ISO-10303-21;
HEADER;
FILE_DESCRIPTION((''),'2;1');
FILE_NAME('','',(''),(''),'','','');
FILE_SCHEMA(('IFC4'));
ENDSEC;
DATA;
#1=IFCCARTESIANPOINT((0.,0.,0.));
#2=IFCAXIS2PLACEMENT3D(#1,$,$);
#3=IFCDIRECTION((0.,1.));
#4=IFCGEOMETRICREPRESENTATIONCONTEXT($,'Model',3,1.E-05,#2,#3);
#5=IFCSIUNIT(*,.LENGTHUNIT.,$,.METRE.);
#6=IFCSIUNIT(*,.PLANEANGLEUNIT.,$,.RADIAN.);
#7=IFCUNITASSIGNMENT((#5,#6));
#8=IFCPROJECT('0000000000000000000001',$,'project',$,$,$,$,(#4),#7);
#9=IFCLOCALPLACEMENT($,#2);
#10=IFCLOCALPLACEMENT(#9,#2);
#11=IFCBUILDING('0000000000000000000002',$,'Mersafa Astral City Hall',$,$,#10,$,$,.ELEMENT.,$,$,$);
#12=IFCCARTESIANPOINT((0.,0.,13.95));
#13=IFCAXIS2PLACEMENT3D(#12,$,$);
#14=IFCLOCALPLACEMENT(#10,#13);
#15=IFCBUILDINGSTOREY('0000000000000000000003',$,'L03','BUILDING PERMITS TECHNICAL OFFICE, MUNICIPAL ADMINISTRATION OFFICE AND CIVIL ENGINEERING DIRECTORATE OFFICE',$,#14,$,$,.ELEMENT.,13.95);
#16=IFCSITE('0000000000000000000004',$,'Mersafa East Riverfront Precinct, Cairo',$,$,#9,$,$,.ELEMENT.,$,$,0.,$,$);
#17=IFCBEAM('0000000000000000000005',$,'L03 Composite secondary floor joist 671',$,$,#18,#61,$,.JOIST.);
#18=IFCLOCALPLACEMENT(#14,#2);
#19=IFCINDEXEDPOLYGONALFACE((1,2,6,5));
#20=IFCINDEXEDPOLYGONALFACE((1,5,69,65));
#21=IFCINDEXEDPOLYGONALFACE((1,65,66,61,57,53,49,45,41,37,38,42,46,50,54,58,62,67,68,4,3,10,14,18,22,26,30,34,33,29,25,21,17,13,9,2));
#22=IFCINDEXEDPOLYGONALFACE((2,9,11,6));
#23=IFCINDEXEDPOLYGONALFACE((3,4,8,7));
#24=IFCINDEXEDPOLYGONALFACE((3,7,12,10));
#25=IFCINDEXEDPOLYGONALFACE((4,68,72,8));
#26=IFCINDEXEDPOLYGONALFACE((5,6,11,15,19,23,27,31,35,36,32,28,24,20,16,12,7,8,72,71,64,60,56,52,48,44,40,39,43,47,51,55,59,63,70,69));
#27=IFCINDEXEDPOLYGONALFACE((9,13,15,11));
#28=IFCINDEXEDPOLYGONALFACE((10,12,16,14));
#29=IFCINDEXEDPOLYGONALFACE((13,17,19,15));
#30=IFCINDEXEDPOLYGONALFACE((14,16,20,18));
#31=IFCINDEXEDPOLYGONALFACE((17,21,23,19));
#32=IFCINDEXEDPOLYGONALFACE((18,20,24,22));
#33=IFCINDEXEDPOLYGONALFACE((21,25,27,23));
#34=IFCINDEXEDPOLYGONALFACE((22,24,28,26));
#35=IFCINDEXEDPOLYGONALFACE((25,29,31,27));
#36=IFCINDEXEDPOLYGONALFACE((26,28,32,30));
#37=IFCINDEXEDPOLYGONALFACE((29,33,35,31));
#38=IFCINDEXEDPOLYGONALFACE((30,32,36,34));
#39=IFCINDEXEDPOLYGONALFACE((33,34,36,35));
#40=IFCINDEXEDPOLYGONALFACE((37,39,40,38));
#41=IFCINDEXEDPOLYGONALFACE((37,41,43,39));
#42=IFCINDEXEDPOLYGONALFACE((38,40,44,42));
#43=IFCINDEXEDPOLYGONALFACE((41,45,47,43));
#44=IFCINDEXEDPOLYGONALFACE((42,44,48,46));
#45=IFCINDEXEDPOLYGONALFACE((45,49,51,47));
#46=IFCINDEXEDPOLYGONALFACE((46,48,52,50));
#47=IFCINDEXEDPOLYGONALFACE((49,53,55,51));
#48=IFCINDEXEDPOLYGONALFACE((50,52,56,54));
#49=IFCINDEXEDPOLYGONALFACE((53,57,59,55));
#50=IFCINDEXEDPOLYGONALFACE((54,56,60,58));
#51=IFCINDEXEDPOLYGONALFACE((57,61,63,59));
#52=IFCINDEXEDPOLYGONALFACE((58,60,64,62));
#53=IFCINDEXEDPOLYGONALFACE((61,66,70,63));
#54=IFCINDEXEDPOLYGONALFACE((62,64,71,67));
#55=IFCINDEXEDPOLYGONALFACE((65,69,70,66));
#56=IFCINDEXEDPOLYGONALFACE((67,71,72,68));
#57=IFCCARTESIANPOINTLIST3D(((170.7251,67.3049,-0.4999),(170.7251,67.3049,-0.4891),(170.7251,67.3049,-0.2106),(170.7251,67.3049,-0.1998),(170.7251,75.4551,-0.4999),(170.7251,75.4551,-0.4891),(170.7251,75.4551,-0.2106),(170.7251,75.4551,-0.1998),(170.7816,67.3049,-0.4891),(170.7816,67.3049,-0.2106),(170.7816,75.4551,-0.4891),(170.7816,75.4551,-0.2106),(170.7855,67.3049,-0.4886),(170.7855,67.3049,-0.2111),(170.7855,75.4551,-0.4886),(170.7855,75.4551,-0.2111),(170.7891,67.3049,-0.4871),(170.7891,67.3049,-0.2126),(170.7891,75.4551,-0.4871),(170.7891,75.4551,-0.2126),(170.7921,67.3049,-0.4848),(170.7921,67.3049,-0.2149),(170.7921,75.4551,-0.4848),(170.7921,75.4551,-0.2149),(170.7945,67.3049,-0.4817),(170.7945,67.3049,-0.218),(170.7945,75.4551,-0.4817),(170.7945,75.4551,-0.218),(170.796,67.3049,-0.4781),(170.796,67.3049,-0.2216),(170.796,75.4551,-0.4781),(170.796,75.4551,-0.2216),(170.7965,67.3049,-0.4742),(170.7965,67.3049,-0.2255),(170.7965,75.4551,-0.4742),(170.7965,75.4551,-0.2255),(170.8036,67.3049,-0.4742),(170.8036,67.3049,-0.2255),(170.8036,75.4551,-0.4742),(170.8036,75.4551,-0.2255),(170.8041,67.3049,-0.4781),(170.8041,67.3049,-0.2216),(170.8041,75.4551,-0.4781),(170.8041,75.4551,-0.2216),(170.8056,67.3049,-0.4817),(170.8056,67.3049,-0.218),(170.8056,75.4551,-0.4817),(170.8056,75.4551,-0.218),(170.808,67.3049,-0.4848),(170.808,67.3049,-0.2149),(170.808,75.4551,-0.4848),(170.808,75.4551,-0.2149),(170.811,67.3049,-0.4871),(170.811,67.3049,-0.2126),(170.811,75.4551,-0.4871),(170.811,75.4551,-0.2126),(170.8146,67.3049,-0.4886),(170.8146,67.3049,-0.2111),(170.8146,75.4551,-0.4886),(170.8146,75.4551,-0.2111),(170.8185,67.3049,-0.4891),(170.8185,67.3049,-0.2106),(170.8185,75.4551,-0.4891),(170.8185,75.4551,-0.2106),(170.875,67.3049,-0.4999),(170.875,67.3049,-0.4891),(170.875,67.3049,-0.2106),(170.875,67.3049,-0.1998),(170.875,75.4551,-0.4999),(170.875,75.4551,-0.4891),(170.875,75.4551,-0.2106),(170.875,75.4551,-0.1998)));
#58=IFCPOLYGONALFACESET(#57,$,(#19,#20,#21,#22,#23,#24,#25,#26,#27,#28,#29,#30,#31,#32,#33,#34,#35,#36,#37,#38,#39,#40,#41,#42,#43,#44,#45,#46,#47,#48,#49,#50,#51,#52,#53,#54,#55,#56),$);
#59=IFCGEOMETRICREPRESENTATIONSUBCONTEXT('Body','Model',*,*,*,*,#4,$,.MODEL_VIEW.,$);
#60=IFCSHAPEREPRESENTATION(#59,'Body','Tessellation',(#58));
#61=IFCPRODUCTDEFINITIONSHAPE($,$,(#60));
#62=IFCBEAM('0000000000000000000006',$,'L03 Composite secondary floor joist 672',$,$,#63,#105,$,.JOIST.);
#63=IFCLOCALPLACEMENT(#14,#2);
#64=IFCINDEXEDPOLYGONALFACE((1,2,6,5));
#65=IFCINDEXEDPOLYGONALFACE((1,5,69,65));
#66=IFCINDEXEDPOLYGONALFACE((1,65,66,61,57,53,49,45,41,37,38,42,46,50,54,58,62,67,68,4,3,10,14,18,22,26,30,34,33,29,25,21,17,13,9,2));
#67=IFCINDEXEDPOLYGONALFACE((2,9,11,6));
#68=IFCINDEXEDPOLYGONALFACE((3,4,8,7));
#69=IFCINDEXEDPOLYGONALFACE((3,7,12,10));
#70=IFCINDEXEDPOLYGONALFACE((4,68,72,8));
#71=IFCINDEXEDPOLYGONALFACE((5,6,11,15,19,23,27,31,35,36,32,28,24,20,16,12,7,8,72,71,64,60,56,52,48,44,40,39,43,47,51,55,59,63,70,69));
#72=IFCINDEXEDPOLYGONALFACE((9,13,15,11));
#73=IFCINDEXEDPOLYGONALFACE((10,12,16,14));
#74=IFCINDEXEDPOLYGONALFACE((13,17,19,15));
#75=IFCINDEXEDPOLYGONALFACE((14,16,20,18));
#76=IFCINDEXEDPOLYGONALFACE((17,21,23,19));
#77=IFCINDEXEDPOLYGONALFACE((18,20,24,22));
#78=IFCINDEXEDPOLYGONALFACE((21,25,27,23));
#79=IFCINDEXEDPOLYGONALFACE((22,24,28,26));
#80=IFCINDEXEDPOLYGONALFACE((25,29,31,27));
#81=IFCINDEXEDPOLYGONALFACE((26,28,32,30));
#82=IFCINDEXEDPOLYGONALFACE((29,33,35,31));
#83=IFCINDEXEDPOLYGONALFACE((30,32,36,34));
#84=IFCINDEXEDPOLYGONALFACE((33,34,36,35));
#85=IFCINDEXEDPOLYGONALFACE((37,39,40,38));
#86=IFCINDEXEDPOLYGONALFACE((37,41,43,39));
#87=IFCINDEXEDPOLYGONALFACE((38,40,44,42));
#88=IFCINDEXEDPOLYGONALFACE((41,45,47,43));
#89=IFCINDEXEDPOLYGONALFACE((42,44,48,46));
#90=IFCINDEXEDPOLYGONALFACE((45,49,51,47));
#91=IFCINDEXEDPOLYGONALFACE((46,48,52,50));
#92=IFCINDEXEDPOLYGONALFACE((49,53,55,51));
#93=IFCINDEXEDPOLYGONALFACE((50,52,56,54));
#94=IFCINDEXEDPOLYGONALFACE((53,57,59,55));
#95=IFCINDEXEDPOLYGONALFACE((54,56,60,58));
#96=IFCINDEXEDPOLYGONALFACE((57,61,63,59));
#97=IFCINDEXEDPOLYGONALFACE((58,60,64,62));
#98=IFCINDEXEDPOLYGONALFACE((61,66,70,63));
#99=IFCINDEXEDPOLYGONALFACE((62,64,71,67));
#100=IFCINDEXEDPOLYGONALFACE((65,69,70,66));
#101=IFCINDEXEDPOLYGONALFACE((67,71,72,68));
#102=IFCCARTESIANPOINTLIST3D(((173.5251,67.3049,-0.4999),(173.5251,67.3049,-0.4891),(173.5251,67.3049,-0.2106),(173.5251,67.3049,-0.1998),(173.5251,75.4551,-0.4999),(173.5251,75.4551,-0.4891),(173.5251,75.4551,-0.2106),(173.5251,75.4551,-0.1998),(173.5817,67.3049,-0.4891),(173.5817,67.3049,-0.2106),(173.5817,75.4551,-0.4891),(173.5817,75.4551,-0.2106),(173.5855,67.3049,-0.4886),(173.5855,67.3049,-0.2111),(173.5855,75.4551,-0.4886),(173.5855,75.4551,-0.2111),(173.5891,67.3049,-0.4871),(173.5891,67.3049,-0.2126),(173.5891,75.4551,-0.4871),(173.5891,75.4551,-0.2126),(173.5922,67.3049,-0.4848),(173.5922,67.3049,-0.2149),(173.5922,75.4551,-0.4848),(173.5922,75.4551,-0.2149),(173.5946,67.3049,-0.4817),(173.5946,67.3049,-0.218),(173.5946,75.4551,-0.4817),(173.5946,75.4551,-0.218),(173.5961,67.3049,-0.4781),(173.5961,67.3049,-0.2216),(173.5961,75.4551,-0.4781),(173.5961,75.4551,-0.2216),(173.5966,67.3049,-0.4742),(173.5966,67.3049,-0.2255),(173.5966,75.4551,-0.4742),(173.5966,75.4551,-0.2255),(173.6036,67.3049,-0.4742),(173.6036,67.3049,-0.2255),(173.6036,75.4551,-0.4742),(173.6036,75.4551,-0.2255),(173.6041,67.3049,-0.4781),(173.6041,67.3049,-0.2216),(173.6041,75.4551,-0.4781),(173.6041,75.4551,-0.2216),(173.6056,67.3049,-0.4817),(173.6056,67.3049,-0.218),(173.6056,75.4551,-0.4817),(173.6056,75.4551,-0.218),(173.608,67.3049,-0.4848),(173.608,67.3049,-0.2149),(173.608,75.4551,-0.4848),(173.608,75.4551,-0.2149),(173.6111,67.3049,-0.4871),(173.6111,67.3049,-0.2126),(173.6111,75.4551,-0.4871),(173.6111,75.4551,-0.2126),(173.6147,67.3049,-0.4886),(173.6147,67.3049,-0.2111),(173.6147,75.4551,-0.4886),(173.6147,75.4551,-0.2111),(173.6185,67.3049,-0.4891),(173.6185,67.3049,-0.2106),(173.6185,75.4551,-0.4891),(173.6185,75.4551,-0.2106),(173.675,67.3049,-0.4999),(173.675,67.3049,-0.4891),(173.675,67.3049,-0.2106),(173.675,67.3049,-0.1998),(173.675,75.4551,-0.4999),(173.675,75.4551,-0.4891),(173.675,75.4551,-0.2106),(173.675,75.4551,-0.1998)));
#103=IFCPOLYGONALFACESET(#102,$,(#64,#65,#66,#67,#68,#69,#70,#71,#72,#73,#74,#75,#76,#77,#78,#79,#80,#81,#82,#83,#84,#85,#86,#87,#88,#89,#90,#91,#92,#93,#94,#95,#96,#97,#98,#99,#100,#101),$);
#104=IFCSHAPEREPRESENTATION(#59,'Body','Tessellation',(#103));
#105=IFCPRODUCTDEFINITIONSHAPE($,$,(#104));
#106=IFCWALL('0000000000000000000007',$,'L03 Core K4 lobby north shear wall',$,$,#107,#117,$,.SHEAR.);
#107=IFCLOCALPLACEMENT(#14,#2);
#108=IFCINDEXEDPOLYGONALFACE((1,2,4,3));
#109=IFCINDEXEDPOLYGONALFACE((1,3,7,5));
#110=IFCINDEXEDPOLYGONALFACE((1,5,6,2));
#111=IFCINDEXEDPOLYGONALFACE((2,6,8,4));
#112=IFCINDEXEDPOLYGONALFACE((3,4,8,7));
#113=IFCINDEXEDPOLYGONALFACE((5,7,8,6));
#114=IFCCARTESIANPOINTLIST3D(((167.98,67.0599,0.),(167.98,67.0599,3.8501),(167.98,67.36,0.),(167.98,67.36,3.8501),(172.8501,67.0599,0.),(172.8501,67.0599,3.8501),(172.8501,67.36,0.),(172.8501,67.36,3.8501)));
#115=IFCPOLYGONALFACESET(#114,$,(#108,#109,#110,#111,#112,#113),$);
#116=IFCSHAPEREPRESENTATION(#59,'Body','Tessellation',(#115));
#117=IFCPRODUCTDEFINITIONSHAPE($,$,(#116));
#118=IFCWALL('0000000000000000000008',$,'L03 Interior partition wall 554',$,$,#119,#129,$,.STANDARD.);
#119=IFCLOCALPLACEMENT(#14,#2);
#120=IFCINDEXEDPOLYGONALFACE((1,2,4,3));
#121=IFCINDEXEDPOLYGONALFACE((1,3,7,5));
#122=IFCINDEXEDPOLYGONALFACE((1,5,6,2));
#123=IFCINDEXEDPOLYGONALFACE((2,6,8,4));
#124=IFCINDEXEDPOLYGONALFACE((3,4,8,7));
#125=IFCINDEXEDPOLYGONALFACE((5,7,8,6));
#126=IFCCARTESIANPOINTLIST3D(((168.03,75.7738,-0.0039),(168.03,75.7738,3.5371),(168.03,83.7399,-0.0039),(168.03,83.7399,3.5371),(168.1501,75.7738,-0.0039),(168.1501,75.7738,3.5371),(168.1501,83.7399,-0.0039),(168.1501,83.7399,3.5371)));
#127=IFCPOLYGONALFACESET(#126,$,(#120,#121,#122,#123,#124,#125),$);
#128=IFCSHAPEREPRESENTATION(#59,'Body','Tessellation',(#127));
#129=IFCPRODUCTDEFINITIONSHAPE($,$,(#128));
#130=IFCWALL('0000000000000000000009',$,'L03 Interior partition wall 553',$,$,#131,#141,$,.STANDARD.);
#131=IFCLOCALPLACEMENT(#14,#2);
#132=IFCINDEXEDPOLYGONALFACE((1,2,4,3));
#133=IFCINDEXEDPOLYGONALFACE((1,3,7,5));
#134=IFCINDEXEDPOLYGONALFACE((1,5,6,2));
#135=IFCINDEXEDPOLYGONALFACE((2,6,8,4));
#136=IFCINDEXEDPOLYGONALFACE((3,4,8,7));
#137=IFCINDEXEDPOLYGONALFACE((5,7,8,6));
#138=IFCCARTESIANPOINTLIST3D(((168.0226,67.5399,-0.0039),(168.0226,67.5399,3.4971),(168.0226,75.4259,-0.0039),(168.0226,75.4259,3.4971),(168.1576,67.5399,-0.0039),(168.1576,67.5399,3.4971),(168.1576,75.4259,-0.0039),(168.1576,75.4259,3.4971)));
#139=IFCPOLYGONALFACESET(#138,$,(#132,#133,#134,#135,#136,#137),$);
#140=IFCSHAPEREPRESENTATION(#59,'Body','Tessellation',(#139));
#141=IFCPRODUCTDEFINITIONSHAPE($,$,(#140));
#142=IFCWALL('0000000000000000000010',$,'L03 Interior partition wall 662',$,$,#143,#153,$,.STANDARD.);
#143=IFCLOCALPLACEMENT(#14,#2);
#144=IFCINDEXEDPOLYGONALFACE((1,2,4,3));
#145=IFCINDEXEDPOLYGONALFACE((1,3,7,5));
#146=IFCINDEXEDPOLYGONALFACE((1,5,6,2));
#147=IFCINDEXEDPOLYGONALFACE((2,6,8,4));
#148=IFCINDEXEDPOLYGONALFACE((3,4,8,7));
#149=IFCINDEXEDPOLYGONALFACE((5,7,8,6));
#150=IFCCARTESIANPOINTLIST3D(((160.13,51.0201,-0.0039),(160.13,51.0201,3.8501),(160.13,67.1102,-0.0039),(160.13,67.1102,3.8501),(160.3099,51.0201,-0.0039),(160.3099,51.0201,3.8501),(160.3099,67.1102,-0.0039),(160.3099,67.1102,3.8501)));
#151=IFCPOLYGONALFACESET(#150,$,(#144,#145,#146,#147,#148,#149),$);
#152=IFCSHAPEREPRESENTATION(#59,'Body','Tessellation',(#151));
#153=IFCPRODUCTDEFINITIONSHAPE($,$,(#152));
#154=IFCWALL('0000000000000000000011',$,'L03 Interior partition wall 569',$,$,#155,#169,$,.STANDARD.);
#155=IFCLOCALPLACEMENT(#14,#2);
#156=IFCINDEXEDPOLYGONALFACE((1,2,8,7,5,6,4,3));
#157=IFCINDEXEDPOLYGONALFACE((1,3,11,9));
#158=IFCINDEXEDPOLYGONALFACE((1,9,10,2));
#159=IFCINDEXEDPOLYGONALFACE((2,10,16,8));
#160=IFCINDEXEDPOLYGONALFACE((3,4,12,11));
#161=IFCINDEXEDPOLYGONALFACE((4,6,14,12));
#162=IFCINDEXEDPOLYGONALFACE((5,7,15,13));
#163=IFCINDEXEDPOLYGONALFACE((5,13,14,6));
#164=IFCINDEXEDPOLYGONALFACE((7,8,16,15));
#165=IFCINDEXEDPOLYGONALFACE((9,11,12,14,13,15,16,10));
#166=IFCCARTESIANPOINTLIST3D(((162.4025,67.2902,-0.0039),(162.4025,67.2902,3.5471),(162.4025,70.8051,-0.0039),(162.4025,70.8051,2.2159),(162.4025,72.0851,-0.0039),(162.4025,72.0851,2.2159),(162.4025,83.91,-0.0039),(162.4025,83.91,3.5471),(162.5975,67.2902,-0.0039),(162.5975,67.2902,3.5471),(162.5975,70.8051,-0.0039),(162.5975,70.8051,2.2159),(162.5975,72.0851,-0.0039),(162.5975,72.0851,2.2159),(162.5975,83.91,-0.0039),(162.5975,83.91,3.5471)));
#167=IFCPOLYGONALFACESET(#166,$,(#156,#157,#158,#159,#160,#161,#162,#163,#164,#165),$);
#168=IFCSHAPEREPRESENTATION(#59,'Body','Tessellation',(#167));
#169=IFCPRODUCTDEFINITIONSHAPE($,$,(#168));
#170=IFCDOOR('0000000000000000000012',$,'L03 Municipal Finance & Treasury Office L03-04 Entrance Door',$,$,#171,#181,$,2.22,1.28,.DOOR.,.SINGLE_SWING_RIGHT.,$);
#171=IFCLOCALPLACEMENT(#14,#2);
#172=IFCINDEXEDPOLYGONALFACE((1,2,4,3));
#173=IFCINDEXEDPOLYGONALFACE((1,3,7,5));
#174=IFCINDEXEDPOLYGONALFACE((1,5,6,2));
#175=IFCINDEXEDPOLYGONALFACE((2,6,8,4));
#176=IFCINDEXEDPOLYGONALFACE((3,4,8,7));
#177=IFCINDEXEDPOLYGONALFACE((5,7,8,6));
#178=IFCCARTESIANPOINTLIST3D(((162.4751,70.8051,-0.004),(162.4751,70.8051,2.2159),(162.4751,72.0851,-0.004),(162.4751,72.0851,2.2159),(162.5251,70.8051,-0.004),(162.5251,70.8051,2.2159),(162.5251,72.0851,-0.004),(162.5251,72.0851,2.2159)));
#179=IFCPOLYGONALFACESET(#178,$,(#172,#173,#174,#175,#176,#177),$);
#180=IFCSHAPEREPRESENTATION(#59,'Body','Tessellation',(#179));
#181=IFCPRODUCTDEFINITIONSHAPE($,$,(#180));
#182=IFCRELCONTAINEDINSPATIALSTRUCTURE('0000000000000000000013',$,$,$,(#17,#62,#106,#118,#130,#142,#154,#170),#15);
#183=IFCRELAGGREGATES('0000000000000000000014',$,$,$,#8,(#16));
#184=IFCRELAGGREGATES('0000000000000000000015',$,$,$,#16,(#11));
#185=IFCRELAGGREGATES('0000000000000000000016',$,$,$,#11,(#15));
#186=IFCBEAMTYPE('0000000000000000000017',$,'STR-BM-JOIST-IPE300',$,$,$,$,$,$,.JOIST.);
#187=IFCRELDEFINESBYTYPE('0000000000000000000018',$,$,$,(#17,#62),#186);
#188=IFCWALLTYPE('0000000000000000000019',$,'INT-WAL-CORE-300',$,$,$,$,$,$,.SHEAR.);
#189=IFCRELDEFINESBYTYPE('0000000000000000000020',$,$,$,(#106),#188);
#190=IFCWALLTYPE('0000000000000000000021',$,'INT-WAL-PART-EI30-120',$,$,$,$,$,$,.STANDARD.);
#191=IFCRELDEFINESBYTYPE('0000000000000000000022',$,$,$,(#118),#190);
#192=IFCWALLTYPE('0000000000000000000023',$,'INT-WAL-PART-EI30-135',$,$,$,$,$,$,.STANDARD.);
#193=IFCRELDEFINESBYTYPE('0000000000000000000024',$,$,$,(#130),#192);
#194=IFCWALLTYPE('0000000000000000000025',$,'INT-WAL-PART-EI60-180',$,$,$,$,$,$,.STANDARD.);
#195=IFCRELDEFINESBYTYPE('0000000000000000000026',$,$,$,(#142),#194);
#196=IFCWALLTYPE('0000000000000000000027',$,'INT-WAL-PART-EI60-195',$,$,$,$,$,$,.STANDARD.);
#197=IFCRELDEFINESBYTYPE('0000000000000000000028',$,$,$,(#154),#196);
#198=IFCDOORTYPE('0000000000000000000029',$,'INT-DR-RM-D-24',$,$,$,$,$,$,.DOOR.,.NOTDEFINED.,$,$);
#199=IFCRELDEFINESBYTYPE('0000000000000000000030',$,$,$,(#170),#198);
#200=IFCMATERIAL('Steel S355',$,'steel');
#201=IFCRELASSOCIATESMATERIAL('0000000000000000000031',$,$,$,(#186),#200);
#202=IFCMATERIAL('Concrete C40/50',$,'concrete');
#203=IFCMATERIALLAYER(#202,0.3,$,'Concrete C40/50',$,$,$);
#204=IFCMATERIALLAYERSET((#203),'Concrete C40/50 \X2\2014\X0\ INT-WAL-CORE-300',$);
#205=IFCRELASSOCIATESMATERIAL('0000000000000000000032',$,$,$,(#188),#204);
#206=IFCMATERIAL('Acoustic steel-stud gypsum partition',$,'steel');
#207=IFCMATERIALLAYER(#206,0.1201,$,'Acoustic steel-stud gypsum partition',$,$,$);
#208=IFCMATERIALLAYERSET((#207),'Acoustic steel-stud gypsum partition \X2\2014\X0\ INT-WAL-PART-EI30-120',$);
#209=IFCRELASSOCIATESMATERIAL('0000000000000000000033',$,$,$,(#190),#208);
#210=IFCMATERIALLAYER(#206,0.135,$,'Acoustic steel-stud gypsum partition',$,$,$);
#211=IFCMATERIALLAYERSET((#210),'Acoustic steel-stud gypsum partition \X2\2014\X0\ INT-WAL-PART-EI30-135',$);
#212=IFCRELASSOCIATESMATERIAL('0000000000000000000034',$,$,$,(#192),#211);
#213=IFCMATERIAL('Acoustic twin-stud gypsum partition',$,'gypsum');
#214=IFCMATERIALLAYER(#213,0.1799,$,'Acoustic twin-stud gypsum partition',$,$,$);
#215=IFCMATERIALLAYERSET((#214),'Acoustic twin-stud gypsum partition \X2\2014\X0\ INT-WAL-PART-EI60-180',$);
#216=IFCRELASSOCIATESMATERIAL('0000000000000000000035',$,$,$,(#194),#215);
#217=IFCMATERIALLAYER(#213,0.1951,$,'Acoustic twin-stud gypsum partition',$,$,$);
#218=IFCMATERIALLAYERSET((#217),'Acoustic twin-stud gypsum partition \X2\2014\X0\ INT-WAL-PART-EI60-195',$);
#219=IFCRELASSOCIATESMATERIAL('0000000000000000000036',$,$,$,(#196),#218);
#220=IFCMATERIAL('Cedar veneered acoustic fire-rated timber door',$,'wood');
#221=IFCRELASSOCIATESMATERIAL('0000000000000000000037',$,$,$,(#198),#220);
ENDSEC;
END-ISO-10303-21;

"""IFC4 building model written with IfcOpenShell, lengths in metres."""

from ifc_helpers import new_model, si_unit, direction, frame, frame_2d, origin, origin_2d, place, context, subcontext, project, spatial, rectangle, i_section, extrude, material, layer, layer_set, material_profile, profile_set, type_object, element, fill, save


model = new_model("IFC4")

# Units and contexts
model_context = context("Model", 3, precision=1e-05, world=origin(), true_north=direction((0.0, 1.0)))
body_context = subcontext(model_context, "Body", "Model", "MODEL_VIEW")
ifc_project = project(units=[si_unit("LENGTHUNIT", "METRE"), si_unit("PLANEANGLEUNIT", "RADIAN")], contexts=[model_context])

# Site, building, storey
site_placement = place(None, origin())
site = spatial("IfcSite", under=ifc_project, at=site_placement, Name="Mersafa East Riverfront Precinct, Cairo", CompositionType="ELEMENT", RefElevation=0.0)
building_placement = place(site_placement, origin())
building = spatial("IfcBuilding", under=site, at=building_placement, Name="Mersafa Astral City Hall", CompositionType="ELEMENT")
storey_placement = place(building_placement, frame((0.0, 0.0, 13.95)))
storey = spatial("IfcBuildingStorey", under=building, at=storey_placement, Name="L03", Description="BUILDING PERMITS TECHNICAL OFFICE, MUNICIPAL ADMINISTRATION OFFICE AND CIVIL ENGINEERING DIRECTORATE OFFICE", CompositionType="ELEMENT", Elevation=13.95)

# Shared definitions
ifc_material_1 = material(Name="Steel S355", Category="steel")

# Beams
ifc_material_profile_1 = material_profile(ifc_material_1, i_section(OverallWidth=0.1499, OverallDepth=0.3, WebThickness=0.0071, FlangeThickness=0.0107, FilletRadius=0.0149, at=origin_2d()), Name="IPE 300")
ifc_profile_set_1 = profile_set([ifc_material_profile_1], Name="Steel S355")
beam_type_1 = type_object("IfcBeamType", Name="STR-BM-JOIST-IPE300", PredefinedType="JOIST", material=ifc_profile_set_1)
for number, where, z_axis, x_axis, name in (
    (1, (170.8, 67.3049, -0.3499), (0.0, 1.0, 0.0), (-1.0, 0.0, 0.0), "L03 Composite secondary floor joist 671"),
    (2, (173.6001, 67.3049, -0.3499), (0.0, 1.0, 0.0), (-1.0, 0.0, 0.0), "L03 Composite secondary floor joist 672"),
):
    element("IfcBeam", number, at=place(storey_placement, frame(where, z_axis=z_axis, x_axis=x_axis)), inside=storey, type_object=beam_type_1, Name=name, PredefinedType="JOIST", context=body_context, shape_type="SweptSolid", body=[
        extrude(i_section(OverallWidth=0.1499, OverallDepth=0.3, WebThickness=0.0071, FlangeThickness=0.0107, FilletRadius=0.0149, at=origin_2d()), origin(), (0.0, 0.0, 1.0), 8.1501),
    ])

# Walls
ifc_material_2 = material(Name="Concrete C40/50", Category="concrete")
ifc_layer_1 = layer(ifc_material_2, 0.3, Name="Concrete C40/50")
ifc_layer_set_1 = layer_set([ifc_layer_1], Name="Concrete C40/50 — INT-WAL-CORE-300")
wall_type_1 = type_object("IfcWallType", Name="INT-WAL-CORE-300", PredefinedType="SHEAR", material=ifc_layer_set_1)
wall_1_placement = place(storey_placement, frame((167.98, 67.21, 0.0), z_axis=(0.0, 0.0, 1.0), x_axis=(1.0, 0.0, 0.0)))
element("IfcWall", 3, at=wall_1_placement, inside=storey, type_object=wall_type_1, Name="L03 Core K4 lobby north shear wall", PredefinedType="SHEAR", context=body_context, shape_type="SweptSolid", body=[
    extrude(rectangle(XDim=4.8701, YDim=0.3, at=frame_2d((2.4351, 0.0))), origin(), (0.0, 0.0, 1.0), 3.8501),
])
ifc_material_3 = material(Name="Acoustic steel-stud gypsum partition", Category="steel")
ifc_layer_2 = layer(ifc_material_3, 0.1201, Name="Acoustic steel-stud gypsum partition")
ifc_layer_set_2 = layer_set([ifc_layer_2], Name="Acoustic steel-stud gypsum partition — INT-WAL-PART-EI30-120")
wall_type_2 = type_object("IfcWallType", Name="INT-WAL-PART-EI30-120", PredefinedType="STANDARD", material=ifc_layer_set_2)
wall_2_placement = place(storey_placement, frame((168.0901, 75.7739, -0.0039), z_axis=(0.0, 0.0, 1.0), x_axis=(0.0, 1.0, 0.0)))
element("IfcWall", 4, at=wall_2_placement, inside=storey, type_object=wall_type_2, Name="L03 Interior partition wall 554", PredefinedType="STANDARD", context=body_context, shape_type="SweptSolid", body=[
    extrude(rectangle(XDim=7.9661, YDim=0.1201, at=frame_2d((3.9829, 0.0))), origin(), (0.0, 0.0, 1.0), 3.541),
])
ifc_layer_3 = layer(ifc_material_3, 0.135, Name="Acoustic steel-stud gypsum partition")
ifc_layer_set_3 = layer_set([ifc_layer_3], Name="Acoustic steel-stud gypsum partition — INT-WAL-PART-EI30-135")
wall_type_3 = type_object("IfcWallType", Name="INT-WAL-PART-EI30-135", PredefinedType="STANDARD", material=ifc_layer_set_3)
wall_3_placement = place(storey_placement, frame((168.0901, 67.54, -0.0039), z_axis=(0.0, 0.0, 1.0), x_axis=(0.0, 1.0, 0.0)))
element("IfcWall", 5, at=wall_3_placement, inside=storey, type_object=wall_type_3, Name="L03 Interior partition wall 553", PredefinedType="STANDARD", context=body_context, shape_type="SweptSolid", body=[
    extrude(rectangle(XDim=7.886, YDim=0.135, at=frame_2d((3.9429, 0.0))), origin(), (0.0, 0.0, 1.0), 3.501),
])
ifc_material_4 = material(Name="Acoustic twin-stud gypsum partition", Category="gypsum")
ifc_layer_4 = layer(ifc_material_4, 0.1799, Name="Acoustic twin-stud gypsum partition")
ifc_layer_set_4 = layer_set([ifc_layer_4], Name="Acoustic twin-stud gypsum partition — INT-WAL-PART-EI60-180")
wall_type_4 = type_object("IfcWallType", Name="INT-WAL-PART-EI60-180", PredefinedType="STANDARD", material=ifc_layer_set_4)
wall_4_placement = place(storey_placement, frame((160.22, 67.1101, -0.0039), z_axis=(0.0, 0.0, 1.0), x_axis=(0.0, -1.0, 0.0)))
element("IfcWall", 6, at=wall_4_placement, inside=storey, type_object=wall_type_4, Name="L03 Interior partition wall 662", PredefinedType="STANDARD", context=body_context, shape_type="SweptSolid", body=[
    extrude(rectangle(XDim=16.0901, YDim=0.1799, at=frame_2d((8.0449, 0.0))), origin(), (0.0, 0.0, 1.0), 3.854),
])

# Wall, opening, door
ifc_layer_5 = layer(ifc_material_4, 0.1951, Name="Acoustic twin-stud gypsum partition")
ifc_layer_set_5 = layer_set([ifc_layer_5], Name="Acoustic twin-stud gypsum partition — INT-WAL-PART-EI60-195")
wall_type_5 = type_object("IfcWallType", Name="INT-WAL-PART-EI60-195", PredefinedType="STANDARD", material=ifc_layer_set_5)
wall_5_placement = place(storey_placement, frame((162.5, 67.29, -0.0039), z_axis=(0.0, 0.0, 1.0), x_axis=(0.0, 1.0, 0.0)))
wall_5 = element("IfcWall", 7, at=wall_5_placement, inside=storey, type_object=wall_type_5, Name="L03 Interior partition wall 569", PredefinedType="STANDARD", context=body_context, shape_type="SweptSolid", body=[
    extrude(rectangle(XDim=16.6199, YDim=0.1951, at=frame_2d((8.3101, 0.0))), origin(), (0.0, 0.0, 1.0), 3.551),
])
opening_placement = place(wall_5_placement, frame((3.5149, 0.0, 0.0)))
opening = element("IfcOpeningElement", 8, at=opening_placement, cuts=wall_5, PredefinedType="OPENING", context=body_context, shape_type="SweptSolid", body=[
    extrude(rectangle(XDim=1.28, YDim=2.22, at=frame_2d((0.6401, 1.1099))), frame((0.0, 0.1074, 0.0), z_axis=(0.0, -1.0, 0.0), x_axis=(1.0, 0.0, 0.0)), (0.0, 0.0, 1.0), 0.2151),
])
ifc_material_5 = material(Name="Cedar veneered acoustic fire-rated timber door", Category="wood")
door_type = type_object("IfcDoorType", Name="INT-DR-RM-D-24", OperationType="NOTDEFINED", PredefinedType="DOOR", material=ifc_material_5)
door_placement = place(opening_placement, origin())
door = element("IfcDoor", 9, at=door_placement, inside=storey, type_object=door_type, Name="L03 Municipal Finance & Treasury Office L03-04 Entrance Door", OperationType="SINGLE_SWING_RIGHT", OverallHeight=2.22, OverallWidth=1.28, PredefinedType="DOOR", context=body_context, shape_type="SweptSolid", body=[
    extrude(rectangle(XDim=1.28, YDim=2.22, at=frame_2d((0.6401, 1.1099))), frame((0.0, 0.0249, 0.0), z_axis=(0.0, -1.0, 0.0), x_axis=(1.0, 0.0, 0.0)), (0.0, 0.0, 1.0), 0.05),
])
fill(opening, door)

save(model, "model.ifc")
